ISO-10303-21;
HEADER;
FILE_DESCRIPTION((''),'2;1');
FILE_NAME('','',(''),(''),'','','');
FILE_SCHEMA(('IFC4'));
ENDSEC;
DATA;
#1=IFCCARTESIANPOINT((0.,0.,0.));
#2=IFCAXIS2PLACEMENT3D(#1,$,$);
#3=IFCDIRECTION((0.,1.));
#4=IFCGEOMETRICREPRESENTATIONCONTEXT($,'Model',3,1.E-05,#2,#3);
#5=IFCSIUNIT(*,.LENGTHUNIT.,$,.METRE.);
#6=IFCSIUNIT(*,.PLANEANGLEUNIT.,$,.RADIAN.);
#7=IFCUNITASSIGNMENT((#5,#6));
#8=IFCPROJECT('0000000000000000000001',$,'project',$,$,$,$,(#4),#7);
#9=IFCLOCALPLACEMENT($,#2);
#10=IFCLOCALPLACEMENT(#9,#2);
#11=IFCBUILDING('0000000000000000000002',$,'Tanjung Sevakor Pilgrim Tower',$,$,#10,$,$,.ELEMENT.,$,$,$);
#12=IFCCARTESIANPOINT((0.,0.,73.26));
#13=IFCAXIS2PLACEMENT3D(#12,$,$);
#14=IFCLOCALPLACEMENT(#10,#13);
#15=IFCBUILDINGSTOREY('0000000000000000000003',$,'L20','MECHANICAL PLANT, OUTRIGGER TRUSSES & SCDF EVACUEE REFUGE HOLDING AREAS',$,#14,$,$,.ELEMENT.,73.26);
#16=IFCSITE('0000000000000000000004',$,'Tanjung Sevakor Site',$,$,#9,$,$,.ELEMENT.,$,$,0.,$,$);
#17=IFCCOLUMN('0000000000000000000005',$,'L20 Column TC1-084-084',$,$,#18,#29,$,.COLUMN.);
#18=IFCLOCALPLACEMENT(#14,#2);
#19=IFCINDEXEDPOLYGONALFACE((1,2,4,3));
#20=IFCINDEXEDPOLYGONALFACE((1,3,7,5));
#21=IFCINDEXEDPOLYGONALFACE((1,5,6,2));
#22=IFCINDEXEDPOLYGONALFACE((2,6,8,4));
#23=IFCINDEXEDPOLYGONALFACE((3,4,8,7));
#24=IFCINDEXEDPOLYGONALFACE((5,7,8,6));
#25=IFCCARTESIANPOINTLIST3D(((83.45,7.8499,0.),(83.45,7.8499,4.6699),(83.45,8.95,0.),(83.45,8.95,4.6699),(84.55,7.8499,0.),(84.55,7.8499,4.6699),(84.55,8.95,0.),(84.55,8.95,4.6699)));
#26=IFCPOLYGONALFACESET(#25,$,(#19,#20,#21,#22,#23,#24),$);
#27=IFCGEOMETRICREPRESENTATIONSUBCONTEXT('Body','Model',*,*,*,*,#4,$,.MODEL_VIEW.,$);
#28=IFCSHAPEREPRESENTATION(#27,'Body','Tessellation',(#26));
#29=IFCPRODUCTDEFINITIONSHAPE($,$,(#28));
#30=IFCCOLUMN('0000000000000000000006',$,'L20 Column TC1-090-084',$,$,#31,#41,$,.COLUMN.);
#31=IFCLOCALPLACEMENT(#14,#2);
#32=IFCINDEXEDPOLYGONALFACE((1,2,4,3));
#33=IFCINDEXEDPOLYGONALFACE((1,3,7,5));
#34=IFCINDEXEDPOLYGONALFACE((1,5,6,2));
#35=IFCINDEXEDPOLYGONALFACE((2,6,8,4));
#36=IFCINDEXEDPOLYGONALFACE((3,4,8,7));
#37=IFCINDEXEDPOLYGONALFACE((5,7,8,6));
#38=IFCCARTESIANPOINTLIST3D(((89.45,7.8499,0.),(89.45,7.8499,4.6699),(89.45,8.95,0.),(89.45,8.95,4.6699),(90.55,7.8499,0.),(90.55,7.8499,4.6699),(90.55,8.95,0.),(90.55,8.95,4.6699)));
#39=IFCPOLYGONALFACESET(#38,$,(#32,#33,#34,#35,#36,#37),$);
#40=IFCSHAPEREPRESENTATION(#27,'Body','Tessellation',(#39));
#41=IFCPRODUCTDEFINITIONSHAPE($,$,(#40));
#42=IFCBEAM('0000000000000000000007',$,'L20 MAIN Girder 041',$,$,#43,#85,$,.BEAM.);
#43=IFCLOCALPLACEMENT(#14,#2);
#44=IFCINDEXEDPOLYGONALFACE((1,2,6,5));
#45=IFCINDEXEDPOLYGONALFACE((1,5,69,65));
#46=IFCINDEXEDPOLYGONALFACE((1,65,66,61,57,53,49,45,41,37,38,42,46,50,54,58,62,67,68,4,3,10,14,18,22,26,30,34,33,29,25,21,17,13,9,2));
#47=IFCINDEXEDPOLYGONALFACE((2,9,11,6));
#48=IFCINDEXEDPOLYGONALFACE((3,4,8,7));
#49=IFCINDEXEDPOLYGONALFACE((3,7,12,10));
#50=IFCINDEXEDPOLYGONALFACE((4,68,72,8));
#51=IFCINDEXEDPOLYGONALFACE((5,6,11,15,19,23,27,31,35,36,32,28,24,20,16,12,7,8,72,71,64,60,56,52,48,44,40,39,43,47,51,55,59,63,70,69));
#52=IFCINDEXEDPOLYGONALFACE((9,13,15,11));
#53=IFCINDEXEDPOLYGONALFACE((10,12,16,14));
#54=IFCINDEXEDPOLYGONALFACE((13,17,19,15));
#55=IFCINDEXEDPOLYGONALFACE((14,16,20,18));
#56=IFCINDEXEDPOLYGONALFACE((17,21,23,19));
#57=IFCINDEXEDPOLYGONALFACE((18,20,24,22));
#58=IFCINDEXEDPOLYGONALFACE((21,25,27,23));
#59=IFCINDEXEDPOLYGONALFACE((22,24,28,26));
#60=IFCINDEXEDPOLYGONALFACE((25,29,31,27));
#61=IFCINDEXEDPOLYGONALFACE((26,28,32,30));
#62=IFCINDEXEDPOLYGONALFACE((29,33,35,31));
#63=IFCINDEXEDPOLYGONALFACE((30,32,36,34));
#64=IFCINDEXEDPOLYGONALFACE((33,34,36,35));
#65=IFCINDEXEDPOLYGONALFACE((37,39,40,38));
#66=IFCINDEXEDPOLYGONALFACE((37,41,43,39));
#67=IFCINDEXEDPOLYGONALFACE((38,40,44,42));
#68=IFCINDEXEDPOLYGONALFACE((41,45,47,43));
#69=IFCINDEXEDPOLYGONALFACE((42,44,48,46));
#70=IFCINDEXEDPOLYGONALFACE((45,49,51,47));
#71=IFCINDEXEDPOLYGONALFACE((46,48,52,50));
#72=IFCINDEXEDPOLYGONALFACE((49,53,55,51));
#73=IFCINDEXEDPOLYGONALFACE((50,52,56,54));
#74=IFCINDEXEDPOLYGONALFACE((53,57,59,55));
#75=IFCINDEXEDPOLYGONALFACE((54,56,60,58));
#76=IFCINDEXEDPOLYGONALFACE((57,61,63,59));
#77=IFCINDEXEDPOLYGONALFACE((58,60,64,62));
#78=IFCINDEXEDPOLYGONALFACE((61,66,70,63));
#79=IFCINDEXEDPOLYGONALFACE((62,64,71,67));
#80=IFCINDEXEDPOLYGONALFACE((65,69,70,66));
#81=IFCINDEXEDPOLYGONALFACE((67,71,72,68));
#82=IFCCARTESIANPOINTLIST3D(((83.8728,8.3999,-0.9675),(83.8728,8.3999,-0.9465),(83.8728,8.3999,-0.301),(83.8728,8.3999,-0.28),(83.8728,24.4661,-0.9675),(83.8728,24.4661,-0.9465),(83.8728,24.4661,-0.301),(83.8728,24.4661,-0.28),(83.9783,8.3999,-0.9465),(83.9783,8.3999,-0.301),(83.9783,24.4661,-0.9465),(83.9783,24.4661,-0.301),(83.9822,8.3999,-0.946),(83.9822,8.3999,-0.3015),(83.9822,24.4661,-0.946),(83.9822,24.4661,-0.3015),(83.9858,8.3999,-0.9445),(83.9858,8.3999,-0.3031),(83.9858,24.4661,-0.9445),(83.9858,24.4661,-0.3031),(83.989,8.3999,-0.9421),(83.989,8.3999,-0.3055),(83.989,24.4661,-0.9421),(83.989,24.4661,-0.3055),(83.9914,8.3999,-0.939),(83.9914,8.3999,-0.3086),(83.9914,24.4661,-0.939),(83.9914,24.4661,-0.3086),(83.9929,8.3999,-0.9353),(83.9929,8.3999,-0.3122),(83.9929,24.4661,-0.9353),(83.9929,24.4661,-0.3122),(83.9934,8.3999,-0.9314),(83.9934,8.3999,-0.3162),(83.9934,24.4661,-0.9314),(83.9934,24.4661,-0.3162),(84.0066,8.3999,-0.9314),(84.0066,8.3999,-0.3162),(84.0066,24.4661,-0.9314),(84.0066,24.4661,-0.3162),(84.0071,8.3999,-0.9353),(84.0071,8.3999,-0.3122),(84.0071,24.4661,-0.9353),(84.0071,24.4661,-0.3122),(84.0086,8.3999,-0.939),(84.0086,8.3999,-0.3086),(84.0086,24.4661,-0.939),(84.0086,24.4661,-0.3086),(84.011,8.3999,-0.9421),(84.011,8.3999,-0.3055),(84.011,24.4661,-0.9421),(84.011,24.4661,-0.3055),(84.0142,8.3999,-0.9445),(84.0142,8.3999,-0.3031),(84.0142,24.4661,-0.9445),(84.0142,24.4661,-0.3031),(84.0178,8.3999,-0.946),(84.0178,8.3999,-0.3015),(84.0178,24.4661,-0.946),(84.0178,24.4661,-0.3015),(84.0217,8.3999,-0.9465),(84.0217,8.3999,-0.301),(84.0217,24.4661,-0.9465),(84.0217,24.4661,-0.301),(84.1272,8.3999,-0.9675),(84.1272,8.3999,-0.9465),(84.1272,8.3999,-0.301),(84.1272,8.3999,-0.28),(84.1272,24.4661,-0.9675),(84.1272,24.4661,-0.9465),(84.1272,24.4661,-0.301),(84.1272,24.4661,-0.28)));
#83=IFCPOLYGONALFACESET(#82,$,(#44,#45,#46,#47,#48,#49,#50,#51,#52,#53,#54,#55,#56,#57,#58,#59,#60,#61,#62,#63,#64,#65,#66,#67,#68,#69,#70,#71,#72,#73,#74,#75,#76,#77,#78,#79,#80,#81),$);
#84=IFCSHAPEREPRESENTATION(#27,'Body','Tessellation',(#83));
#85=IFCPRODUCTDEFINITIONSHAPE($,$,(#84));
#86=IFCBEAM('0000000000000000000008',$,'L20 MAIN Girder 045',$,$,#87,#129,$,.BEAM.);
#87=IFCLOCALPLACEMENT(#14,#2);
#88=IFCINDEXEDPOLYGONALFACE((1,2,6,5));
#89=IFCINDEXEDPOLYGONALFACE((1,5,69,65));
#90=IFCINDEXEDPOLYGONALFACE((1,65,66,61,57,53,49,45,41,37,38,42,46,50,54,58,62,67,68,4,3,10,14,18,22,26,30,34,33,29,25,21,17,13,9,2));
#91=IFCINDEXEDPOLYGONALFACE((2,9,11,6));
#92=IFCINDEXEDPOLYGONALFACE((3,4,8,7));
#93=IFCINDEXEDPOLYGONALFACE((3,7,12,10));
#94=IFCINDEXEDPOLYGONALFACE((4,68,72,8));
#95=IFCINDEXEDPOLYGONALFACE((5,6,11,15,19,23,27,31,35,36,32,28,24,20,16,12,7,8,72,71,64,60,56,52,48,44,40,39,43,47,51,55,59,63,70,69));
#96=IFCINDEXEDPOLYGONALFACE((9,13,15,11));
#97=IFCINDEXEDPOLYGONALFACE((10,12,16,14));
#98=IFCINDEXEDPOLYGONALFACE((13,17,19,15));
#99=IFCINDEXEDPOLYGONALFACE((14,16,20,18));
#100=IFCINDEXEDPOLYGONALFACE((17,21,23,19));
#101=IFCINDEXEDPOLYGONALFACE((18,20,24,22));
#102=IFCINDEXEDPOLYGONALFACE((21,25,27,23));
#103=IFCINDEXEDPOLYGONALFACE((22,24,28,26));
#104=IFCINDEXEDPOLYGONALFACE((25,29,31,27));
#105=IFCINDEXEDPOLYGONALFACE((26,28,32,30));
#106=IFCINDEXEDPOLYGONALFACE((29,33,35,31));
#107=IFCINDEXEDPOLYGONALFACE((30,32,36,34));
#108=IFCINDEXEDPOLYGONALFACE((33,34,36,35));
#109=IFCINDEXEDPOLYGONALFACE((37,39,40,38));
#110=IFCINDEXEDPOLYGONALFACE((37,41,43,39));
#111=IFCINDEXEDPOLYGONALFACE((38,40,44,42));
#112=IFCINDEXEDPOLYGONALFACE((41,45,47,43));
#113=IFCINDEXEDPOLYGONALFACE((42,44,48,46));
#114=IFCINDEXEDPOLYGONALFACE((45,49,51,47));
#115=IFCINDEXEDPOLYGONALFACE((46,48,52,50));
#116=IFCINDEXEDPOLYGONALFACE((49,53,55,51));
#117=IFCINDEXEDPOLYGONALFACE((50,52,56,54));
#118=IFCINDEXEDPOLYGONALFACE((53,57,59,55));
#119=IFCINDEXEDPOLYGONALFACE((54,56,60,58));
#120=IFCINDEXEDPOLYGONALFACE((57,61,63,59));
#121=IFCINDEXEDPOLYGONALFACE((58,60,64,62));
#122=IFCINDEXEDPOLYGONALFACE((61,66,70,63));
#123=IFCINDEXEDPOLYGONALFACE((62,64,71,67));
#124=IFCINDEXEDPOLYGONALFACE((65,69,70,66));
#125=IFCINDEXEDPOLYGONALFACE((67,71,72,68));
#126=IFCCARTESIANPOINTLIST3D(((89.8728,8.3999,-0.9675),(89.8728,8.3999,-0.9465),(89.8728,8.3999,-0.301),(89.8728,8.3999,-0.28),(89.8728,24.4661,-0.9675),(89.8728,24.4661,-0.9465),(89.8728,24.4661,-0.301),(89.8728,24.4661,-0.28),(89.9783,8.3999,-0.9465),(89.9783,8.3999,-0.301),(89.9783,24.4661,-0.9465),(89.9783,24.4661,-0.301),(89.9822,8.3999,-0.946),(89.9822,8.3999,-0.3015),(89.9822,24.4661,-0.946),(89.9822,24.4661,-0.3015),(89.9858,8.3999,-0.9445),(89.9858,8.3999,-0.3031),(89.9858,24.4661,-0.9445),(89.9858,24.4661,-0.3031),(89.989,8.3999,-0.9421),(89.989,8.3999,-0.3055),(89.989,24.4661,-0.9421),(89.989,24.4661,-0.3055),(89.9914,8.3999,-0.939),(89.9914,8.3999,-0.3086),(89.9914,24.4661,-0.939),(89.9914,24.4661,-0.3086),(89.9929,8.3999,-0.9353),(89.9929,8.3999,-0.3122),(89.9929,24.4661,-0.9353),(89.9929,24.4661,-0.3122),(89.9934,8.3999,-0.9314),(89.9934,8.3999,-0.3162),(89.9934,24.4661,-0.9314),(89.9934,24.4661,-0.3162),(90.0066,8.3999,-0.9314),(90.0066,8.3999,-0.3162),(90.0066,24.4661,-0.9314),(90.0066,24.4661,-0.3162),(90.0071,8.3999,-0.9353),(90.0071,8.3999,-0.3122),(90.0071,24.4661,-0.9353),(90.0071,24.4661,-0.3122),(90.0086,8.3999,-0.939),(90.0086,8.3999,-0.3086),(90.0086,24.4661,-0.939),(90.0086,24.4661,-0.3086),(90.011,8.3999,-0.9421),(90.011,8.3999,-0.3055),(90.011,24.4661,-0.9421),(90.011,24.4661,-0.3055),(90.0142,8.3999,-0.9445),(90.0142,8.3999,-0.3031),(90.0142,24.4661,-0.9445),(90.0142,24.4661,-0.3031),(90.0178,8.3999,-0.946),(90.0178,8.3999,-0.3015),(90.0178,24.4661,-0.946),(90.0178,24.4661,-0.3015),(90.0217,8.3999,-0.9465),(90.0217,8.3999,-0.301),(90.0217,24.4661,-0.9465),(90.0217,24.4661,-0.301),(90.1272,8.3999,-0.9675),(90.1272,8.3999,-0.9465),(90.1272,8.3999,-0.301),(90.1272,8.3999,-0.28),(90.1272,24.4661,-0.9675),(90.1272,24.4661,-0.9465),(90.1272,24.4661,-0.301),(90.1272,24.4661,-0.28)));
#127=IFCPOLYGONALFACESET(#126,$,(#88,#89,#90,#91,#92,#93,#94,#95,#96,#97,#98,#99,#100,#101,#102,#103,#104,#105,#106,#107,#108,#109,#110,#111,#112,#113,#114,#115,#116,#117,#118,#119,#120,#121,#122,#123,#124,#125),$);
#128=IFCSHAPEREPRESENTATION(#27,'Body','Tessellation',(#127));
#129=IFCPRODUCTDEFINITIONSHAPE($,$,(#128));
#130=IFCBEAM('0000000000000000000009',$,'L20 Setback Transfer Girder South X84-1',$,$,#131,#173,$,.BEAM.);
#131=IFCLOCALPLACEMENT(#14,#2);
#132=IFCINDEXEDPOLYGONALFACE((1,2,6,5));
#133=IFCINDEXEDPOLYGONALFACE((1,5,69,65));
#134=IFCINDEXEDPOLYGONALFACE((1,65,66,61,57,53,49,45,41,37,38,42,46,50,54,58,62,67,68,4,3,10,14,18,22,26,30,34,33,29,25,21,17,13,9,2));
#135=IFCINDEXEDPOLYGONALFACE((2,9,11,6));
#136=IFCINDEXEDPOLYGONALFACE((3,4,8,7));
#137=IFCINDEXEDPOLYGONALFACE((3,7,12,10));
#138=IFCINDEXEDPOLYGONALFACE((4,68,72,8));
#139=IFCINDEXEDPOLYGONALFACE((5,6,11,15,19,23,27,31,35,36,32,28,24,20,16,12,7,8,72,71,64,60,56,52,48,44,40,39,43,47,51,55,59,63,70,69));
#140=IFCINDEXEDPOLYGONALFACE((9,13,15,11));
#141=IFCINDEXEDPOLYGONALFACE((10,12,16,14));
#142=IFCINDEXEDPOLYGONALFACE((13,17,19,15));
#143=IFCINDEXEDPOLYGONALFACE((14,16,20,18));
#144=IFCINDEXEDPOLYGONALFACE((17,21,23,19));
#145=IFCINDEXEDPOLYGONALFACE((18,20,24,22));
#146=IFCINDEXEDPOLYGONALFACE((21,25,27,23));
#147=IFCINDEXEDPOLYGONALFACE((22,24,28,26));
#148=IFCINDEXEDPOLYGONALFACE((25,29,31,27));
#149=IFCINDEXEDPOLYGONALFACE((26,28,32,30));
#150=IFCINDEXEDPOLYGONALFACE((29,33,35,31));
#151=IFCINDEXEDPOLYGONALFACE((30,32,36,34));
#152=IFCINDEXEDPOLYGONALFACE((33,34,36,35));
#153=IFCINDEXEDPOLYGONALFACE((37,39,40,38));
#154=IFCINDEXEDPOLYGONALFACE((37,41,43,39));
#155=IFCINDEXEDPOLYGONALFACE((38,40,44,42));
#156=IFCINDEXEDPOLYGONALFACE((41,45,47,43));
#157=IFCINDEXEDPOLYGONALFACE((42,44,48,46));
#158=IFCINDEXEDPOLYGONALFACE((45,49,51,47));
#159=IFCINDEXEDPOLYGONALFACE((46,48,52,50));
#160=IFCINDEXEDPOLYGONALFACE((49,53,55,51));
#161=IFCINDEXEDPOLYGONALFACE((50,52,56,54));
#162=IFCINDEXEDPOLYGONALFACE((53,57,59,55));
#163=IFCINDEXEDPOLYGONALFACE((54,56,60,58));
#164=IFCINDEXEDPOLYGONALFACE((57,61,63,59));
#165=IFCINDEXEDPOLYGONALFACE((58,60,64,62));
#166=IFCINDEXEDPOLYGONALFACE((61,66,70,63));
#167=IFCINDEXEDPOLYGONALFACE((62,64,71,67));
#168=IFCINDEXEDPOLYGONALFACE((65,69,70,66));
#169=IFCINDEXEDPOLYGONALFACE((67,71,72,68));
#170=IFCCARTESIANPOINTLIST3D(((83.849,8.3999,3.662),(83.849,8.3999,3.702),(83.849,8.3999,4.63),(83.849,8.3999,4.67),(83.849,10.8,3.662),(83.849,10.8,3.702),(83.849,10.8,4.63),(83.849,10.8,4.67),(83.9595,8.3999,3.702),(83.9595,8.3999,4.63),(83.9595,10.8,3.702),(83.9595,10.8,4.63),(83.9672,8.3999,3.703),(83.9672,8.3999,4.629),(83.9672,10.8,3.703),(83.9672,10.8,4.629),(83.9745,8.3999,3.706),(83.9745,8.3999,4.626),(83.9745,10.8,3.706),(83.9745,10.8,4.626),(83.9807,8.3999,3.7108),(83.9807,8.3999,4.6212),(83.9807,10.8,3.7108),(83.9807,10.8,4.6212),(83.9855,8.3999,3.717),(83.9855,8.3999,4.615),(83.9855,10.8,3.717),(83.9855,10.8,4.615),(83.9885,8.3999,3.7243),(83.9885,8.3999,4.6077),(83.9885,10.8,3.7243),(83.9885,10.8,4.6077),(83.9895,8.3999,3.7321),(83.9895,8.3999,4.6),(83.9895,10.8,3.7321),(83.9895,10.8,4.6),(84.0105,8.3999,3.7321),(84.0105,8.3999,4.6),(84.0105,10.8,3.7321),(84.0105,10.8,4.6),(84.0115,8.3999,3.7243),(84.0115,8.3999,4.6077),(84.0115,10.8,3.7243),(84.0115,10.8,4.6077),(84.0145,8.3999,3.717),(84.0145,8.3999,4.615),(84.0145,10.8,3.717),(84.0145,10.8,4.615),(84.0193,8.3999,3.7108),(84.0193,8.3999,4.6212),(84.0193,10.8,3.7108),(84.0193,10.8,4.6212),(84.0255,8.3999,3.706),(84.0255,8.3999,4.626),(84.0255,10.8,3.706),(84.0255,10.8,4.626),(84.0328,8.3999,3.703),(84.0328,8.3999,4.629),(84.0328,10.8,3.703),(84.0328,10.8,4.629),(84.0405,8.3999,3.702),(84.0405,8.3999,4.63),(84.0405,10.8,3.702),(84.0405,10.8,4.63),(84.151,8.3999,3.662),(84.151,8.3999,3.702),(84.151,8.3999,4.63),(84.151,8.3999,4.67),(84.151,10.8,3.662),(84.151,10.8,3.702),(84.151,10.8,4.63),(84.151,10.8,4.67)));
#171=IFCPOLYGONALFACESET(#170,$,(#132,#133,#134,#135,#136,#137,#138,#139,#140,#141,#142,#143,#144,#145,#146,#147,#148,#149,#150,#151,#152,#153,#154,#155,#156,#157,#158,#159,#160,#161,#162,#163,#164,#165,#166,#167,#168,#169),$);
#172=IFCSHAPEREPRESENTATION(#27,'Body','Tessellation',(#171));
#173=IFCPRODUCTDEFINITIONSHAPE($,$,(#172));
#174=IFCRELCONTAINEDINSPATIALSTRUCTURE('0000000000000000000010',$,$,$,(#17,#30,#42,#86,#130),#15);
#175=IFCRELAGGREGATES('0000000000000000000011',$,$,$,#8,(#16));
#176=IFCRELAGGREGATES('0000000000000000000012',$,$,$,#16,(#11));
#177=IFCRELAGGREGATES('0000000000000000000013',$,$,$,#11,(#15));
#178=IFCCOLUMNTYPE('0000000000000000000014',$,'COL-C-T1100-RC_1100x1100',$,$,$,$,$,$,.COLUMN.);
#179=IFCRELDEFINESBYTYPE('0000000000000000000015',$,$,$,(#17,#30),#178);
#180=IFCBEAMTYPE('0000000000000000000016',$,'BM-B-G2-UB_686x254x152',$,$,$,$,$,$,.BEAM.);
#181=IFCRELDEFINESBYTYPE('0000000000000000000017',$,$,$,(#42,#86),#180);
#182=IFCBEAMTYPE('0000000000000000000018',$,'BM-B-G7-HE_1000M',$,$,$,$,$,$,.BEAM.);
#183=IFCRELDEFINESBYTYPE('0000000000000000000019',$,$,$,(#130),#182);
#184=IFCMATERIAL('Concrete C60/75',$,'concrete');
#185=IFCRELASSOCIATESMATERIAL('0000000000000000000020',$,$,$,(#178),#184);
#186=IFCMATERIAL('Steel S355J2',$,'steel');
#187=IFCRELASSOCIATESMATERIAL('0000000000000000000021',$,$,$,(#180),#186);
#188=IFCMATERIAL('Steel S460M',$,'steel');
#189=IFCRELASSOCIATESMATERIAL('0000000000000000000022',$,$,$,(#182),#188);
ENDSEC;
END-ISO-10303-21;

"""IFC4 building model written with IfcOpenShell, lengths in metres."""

from ifc_helpers import new_model, si_unit, direction, frame, origin, origin_2d, place, context, subcontext, project, spatial, rectangle, i_section, extrude, material, material_profile, profile_set, type_object, element, save


model = new_model("IFC4")

# Units and contexts
model_context = context("Model", 3, precision=1e-05, world=origin(), true_north=direction((0.0, 1.0)))
body_context = subcontext(model_context, "Body", "Model", "MODEL_VIEW")
ifc_project = project(units=[si_unit("LENGTHUNIT", "METRE"), si_unit("PLANEANGLEUNIT", "RADIAN")], contexts=[model_context])

# Site, building, storey
site_placement = place(None, origin())
site = spatial("IfcSite", under=ifc_project, at=site_placement, Name="Tanjung Sevakor Site", CompositionType="ELEMENT", RefElevation=0.0)
building_placement = place(site_placement, origin())
building = spatial("IfcBuilding", under=site, at=building_placement, Name="Tanjung Sevakor Pilgrim Tower", CompositionType="ELEMENT")
storey_placement = place(building_placement, frame((0.0, 0.0, 73.26)))
storey = spatial("IfcBuildingStorey", under=building, at=storey_placement, Name="L20", Description="MECHANICAL PLANT, OUTRIGGER TRUSSES & SCDF EVACUEE REFUGE HOLDING AREAS", CompositionType="ELEMENT", Elevation=73.26)

# Columns
ifc_material_1 = material(Name="Concrete C60/75", Category="concrete")
ifc_material_profile_1 = material_profile(ifc_material_1, rectangle(XDim=1.1001, YDim=1.1001, at=origin_2d()))
ifc_profile_set_1 = profile_set([ifc_material_profile_1], Name="Concrete C60/75")
column_type = type_object("IfcColumnType", Name="COL-C-T1100-RC_1100x1100", PredefinedType="COLUMN", material=ifc_profile_set_1)
for number, where, z_axis, x_axis, name in (
    (1, (84.0, 8.3999, 0.0), (0.0, 0.0, 1.0), (1.0, 0.0, 0.0), "L20 Column TC1-084-084"),
    (2, (90.0, 8.3999, 0.0), (0.0, 0.0, 1.0), (1.0, 0.0, 0.0), "L20 Column TC1-090-084"),
):
    element("IfcColumn", number, at=place(storey_placement, frame(where, z_axis=z_axis, x_axis=x_axis)), inside=storey, type_object=column_type, Name=name, PredefinedType="COLUMN", context=body_context, shape_type="SweptSolid", body=[
        extrude(rectangle(XDim=1.1001, YDim=1.1001, at=origin_2d()), origin(), (0.0, 0.0, 1.0), 4.6699),
    ])

# Beams
ifc_material_2 = material(Name="Steel S355J2", Category="steel")
ifc_material_profile_2 = material_profile(ifc_material_2, i_section(OverallWidth=0.2544, OverallDepth=0.6875, WebThickness=0.0132, FlangeThickness=0.021, FilletRadius=0.0151, at=origin_2d()))
ifc_profile_set_2 = profile_set([ifc_material_profile_2], Name="Steel S355J2")
beam_type_1 = type_object("IfcBeamType", Name="BM-B-G2-UB_686x254x152", PredefinedType="BEAM", material=ifc_profile_set_2)
for number, where, z_axis, x_axis, name in (
    (3, (84.0, 8.3999, -0.6238), (0.0, 1.0, 0.0), (-1.0, 0.0, 0.0), "L20 MAIN Girder 041"),
    (4, (90.0, 8.3999, -0.6238), (0.0, 1.0, 0.0), (-1.0, 0.0, 0.0), "L20 MAIN Girder 045"),
):
    element("IfcBeam", number, at=place(storey_placement, frame(where, z_axis=z_axis, x_axis=x_axis)), inside=storey, type_object=beam_type_1, Name=name, PredefinedType="BEAM", context=body_context, shape_type="SweptSolid", body=[
        extrude(i_section(OverallWidth=0.2544, OverallDepth=0.6875, WebThickness=0.0132, FlangeThickness=0.021, FilletRadius=0.0151, at=origin_2d()), origin(), (0.0, 0.0, 1.0), 16.0662),
    ])
ifc_material_3 = material(Name="Steel S460M", Category="steel")
ifc_material_profile_3 = material_profile(ifc_material_3, i_section(OverallWidth=0.302, OverallDepth=1.0081, WebThickness=0.021, FlangeThickness=0.04, FilletRadius=0.03, at=origin_2d()))
ifc_profile_set_3 = profile_set([ifc_material_profile_3], Name="Steel S460M")
beam_type_2 = type_object("IfcBeamType", Name="BM-B-G7-HE_1000M", PredefinedType="BEAM", material=ifc_profile_set_3)
beam_1_placement = place(storey_placement, frame((84.0, 8.3999, 4.166), z_axis=(0.0, 1.0, 0.0), x_axis=(-1.0, 0.0, 0.0)))
element("IfcBeam", 5, at=beam_1_placement, inside=storey, type_object=beam_type_2, Name="L20 Setback Transfer Girder South X84-1", PredefinedType="BEAM", context=body_context, shape_type="SweptSolid", body=[
    extrude(i_section(OverallWidth=0.302, OverallDepth=1.0081, WebThickness=0.021, FlangeThickness=0.04, FilletRadius=0.03, at=origin_2d()), origin(), (0.0, 0.0, 1.0), 2.4001),
])

save(model, "model.ifc")
